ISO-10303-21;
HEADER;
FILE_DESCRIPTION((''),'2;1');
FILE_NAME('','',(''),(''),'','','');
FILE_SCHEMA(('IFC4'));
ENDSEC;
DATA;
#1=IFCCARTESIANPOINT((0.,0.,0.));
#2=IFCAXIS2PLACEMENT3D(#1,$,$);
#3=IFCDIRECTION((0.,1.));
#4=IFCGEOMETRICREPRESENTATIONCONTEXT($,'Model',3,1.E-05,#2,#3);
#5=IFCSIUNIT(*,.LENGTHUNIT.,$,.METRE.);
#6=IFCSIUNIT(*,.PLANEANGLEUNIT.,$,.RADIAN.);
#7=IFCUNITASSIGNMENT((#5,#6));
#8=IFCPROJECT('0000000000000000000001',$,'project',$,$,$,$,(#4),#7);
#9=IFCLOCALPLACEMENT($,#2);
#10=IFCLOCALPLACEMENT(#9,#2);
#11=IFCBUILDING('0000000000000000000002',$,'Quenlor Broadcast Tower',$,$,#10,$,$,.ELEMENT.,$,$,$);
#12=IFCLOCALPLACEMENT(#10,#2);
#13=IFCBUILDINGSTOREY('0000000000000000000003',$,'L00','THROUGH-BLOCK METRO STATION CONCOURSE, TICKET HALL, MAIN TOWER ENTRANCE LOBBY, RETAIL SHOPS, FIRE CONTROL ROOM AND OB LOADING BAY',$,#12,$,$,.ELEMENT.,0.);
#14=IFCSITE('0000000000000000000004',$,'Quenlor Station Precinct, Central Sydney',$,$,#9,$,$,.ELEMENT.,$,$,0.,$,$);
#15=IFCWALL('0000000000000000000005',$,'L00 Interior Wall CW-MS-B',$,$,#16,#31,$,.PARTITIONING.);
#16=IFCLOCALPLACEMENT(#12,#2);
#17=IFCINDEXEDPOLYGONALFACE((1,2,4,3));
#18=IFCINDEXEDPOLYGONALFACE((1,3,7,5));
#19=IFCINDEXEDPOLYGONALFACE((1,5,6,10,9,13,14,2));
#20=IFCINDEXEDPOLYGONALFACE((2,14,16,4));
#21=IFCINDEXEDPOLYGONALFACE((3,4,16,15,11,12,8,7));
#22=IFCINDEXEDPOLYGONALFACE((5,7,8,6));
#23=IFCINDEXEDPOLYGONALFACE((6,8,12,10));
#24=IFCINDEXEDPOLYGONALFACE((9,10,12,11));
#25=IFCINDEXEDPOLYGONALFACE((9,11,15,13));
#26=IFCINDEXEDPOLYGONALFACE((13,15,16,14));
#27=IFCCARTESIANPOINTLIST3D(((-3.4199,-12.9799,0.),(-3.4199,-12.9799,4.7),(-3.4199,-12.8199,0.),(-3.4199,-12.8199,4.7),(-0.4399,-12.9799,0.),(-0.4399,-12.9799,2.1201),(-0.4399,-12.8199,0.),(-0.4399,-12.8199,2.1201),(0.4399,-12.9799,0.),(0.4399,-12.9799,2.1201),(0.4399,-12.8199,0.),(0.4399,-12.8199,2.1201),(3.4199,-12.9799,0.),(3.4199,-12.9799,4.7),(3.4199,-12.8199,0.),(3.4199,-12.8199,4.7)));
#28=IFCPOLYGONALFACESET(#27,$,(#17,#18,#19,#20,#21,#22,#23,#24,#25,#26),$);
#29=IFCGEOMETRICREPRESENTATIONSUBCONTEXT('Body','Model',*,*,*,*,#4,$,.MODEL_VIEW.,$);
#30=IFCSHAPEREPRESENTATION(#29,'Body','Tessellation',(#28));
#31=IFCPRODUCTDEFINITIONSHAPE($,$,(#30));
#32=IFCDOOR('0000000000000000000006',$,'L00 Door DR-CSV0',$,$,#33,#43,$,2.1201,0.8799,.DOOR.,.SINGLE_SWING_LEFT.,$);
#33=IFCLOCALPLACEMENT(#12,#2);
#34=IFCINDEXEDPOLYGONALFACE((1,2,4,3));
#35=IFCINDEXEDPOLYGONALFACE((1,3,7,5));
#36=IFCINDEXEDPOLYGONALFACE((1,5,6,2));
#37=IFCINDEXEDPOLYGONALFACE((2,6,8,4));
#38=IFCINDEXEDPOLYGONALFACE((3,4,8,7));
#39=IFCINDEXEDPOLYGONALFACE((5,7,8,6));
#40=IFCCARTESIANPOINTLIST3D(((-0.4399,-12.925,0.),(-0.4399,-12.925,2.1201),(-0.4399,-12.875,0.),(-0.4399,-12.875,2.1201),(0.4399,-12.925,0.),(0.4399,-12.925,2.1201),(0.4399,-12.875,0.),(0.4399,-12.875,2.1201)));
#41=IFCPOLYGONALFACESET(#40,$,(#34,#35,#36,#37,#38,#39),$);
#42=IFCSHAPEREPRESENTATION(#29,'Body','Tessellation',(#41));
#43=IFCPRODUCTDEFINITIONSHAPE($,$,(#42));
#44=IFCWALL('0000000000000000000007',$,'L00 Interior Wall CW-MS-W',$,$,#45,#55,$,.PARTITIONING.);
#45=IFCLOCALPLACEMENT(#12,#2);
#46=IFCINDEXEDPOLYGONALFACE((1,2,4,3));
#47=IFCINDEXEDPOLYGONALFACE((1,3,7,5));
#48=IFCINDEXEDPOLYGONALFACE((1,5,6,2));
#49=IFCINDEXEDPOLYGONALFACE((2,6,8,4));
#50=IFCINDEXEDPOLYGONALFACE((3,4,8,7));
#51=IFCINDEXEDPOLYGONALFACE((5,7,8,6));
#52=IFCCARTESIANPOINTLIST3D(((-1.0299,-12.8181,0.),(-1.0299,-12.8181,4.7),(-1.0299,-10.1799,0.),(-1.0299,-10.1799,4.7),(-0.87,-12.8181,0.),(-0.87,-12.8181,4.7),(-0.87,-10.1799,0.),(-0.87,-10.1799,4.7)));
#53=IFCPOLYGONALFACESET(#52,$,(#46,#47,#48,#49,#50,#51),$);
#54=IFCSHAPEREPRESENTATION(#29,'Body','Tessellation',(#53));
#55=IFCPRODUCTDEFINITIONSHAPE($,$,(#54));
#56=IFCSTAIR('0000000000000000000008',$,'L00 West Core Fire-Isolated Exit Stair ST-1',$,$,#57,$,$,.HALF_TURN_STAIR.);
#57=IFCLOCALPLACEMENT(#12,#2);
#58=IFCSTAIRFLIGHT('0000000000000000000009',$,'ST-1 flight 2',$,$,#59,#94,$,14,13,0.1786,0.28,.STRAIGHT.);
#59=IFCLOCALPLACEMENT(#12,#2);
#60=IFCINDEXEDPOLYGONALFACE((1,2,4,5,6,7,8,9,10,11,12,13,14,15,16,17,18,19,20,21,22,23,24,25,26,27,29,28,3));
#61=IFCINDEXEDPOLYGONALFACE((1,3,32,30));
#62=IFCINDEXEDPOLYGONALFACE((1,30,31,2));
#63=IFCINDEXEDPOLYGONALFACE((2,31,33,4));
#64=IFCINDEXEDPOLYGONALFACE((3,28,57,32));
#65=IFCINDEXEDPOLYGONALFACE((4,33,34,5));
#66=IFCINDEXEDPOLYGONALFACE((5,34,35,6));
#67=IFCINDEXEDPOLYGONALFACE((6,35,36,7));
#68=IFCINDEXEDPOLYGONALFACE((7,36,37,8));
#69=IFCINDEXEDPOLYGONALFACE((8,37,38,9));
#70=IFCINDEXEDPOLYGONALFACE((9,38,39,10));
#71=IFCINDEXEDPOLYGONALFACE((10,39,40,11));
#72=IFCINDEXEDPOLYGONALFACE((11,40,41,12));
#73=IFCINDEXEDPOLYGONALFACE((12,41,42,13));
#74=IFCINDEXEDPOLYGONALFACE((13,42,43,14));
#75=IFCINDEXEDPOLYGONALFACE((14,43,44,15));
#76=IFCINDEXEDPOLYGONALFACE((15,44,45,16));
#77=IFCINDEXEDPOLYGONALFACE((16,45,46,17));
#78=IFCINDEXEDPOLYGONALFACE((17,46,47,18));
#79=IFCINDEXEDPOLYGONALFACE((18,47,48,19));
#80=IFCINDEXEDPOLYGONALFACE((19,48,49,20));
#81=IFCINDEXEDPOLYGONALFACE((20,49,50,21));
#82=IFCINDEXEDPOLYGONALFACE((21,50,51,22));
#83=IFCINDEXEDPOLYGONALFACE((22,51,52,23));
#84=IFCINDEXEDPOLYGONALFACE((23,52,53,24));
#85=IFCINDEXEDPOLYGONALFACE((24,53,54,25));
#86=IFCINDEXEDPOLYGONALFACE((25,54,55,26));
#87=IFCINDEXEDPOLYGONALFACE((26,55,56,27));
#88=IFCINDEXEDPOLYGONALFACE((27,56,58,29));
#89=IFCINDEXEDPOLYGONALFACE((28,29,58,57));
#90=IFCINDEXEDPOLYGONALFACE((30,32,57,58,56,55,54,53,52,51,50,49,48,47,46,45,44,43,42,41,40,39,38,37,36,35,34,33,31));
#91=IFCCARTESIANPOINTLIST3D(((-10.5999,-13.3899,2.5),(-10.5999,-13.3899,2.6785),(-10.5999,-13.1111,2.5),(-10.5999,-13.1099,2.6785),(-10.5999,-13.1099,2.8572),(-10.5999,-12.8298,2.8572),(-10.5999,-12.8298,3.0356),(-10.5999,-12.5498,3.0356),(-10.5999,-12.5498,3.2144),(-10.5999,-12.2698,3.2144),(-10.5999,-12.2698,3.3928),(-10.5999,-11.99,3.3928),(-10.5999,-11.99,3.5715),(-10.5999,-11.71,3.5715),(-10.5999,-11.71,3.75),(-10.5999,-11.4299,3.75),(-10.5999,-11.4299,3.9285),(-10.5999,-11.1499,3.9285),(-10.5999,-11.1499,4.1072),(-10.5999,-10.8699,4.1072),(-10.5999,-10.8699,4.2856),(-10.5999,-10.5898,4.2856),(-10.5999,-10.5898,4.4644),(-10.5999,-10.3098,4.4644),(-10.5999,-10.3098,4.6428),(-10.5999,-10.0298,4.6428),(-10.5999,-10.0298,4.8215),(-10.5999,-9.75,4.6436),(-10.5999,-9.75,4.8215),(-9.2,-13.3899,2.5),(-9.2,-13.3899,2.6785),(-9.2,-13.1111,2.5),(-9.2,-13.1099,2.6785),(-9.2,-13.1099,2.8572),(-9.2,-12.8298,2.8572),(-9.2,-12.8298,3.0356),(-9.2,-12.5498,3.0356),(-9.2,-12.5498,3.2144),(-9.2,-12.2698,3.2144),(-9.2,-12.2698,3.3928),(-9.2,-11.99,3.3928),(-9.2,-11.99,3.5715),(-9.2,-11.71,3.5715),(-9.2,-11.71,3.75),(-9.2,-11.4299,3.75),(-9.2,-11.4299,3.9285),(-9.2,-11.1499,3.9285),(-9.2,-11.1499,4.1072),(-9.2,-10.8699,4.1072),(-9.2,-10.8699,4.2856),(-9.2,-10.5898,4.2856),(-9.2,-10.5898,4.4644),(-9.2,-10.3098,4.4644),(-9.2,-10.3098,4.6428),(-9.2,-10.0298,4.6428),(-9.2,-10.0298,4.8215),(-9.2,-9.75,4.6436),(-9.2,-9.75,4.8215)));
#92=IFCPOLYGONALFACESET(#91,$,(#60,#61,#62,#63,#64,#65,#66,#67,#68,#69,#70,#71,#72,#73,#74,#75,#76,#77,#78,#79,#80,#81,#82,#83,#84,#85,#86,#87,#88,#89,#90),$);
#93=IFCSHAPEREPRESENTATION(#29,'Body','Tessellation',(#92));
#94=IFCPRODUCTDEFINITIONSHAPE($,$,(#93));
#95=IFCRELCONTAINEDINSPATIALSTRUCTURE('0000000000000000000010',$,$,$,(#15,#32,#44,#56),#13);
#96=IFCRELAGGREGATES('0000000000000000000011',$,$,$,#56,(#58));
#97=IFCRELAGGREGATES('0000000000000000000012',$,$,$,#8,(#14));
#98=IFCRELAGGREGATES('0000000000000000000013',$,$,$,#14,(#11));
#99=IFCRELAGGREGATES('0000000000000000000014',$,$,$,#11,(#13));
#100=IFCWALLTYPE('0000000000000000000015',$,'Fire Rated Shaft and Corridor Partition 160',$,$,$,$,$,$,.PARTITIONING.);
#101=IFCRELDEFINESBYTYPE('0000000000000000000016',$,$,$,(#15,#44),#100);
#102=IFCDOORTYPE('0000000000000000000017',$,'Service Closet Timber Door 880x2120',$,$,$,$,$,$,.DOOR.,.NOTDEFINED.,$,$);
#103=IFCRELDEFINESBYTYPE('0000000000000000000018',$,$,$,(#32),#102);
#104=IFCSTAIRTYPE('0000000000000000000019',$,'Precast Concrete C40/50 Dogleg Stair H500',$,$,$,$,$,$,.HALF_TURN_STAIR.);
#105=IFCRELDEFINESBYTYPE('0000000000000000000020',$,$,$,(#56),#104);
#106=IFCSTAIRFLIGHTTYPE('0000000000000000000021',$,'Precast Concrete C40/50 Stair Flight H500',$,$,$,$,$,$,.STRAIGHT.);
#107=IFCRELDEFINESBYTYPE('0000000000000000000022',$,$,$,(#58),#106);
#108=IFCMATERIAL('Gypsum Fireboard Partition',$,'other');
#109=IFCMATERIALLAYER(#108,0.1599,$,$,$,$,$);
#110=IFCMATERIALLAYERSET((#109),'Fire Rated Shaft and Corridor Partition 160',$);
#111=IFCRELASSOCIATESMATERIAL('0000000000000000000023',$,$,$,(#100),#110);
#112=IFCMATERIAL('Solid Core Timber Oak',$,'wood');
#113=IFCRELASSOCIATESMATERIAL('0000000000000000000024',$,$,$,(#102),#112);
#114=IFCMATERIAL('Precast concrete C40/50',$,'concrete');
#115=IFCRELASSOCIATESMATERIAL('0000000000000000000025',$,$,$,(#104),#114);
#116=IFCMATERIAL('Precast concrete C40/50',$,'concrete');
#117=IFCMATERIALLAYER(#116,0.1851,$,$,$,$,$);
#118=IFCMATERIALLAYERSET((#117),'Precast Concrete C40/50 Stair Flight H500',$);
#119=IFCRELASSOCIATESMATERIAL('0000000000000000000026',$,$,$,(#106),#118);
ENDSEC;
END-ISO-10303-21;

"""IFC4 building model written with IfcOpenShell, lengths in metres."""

from ifc_helpers import new_model, si_unit, direction, frame, frame_2d, origin, place, context, subcontext, project, spatial, polyline, rectangle, outline, extrude, material, layer, layer_set, type_object, element, fill, aggregate, save


model = new_model("IFC4")

# Units and contexts
model_context = context("Model", 3, precision=1e-05, world=origin(), true_north=direction((0.0, 1.0)))
body_context = subcontext(model_context, "Body", "Model", "MODEL_VIEW")
ifc_project = project(units=[si_unit("LENGTHUNIT", "METRE"), si_unit("PLANEANGLEUNIT", "RADIAN")], contexts=[model_context])

# Site, building, storey
site_placement = place(None, origin())
site = spatial("IfcSite", under=ifc_project, at=site_placement, Name="Quenlor Station Precinct, Central Sydney", CompositionType="ELEMENT", RefElevation=0.0)
building_placement = place(site_placement, origin())
building = spatial("IfcBuilding", under=site, at=building_placement, Name="Quenlor Broadcast Tower", CompositionType="ELEMENT")
storey_placement = place(building_placement, origin())
storey = spatial("IfcBuildingStorey", under=building, at=storey_placement, Name="L00", Description="THROUGH-BLOCK METRO STATION CONCOURSE, TICKET HALL, MAIN TOWER ENTRANCE LOBBY, RETAIL SHOPS, FIRE CONTROL ROOM AND OB LOADING BAY", CompositionType="ELEMENT", Elevation=0.0)

# Shared definitions
ifc_material_1 = material(Name="Gypsum Fireboard Partition", Category="other")
ifc_layer_1 = layer(ifc_material_1, 0.1599)
ifc_layer_set_1 = layer_set([ifc_layer_1], Name="Fire Rated Shaft and Corridor Partition 160")
wall_type_1 = type_object("IfcWallType", Name="Fire Rated Shaft and Corridor Partition 160", PredefinedType="PARTITIONING", material=ifc_layer_set_1)

# Wall, opening, door
wall_1_placement = place(storey_placement, frame((-3.4199, -12.8999, 0.0), z_axis=(0.0, 0.0, 1.0), x_axis=(1.0, 0.0, 0.0)))
wall_1 = element("IfcWall", 1, at=wall_1_placement, inside=storey, type_object=wall_type_1, Name="L00 Interior Wall CW-MS-B", PredefinedType="PARTITIONING", context=body_context, shape_type="SweptSolid", body=[
    extrude(rectangle(XDim=6.8398, YDim=0.1599, at=frame_2d((3.4199, 0.0))), origin(), (0.0, 0.0, 1.0), 4.7),
])
opening_1_placement = place(wall_1_placement, frame((2.98, 0.0, 0.0)))
opening_1 = element("IfcOpeningElement", 2, at=opening_1_placement, cuts=wall_1, PredefinedType="OPENING", context=body_context, shape_type="SweptSolid", body=[
    extrude(rectangle(XDim=0.8799, YDim=2.1201, at=frame_2d((0.4399, 1.0601))), frame((0.0, 0.0898, 0.0), z_axis=(0.0, -1.0, 0.0), x_axis=(1.0, 0.0, 0.0)), (0.0, 0.0, 1.0), 0.1799),
])
ifc_material_2 = material(Name="Solid Core Timber Oak", Category="wood")
door_type_1 = type_object("IfcDoorType", Name="Service Closet Timber Door 880x2120", OperationType="NOTDEFINED", PredefinedType="DOOR", material=ifc_material_2)
door_1_placement = place(opening_1_placement, origin())
door_1 = element("IfcDoor", 3, at=door_1_placement, inside=storey, type_object=door_type_1, Name="L00 Door DR-CSV0", OperationType="SINGLE_SWING_LEFT", OverallHeight=2.1201, OverallWidth=0.8799, PredefinedType="DOOR", context=body_context, shape_type="SweptSolid", body=[
    extrude(rectangle(XDim=0.8799, YDim=2.1201, at=frame_2d((0.4399, 1.0601))), frame((0.0, 0.0249, 0.0), z_axis=(0.0, -1.0, 0.0), x_axis=(1.0, 0.0, 0.0)), (0.0, 0.0, 1.0), 0.05),
])
fill(opening_1, door_1)

# Wall
wall_2_placement = place(storey_placement, frame((-0.95, -12.8181, 0.0), z_axis=(0.0, 0.0, 1.0), x_axis=(0.0, 1.0, 0.0)))
element("IfcWall", 4, at=wall_2_placement, inside=storey, type_object=wall_type_1, Name="L00 Interior Wall CW-MS-W", PredefinedType="PARTITIONING", context=body_context, shape_type="SweptSolid", body=[
    extrude(rectangle(XDim=2.6382, YDim=0.1599, at=frame_2d((1.3191, 0.0))), origin(), (0.0, 0.0, 1.0), 4.7),
])

# Stair, stair flight
ifc_material_3 = material(Name="Precast concrete C40/50", Category="concrete")
stair_type = type_object("IfcStairType", Name="Precast Concrete C40/50 Dogleg Stair H500", PredefinedType="HALF_TURN_STAIR", material=ifc_material_3)
stair_placement = place(storey_placement, origin())
stair = element("IfcStair", 5, at=stair_placement, inside=storey, type_object=stair_type, Name="L00 West Core Fire-Isolated Exit Stair ST-1", PredefinedType="HALF_TURN_STAIR")
ifc_material_4 = material(Name="Precast concrete C40/50", Category="concrete")
ifc_layer_2 = layer(ifc_material_4, 0.1851)
ifc_layer_set_2 = layer_set([ifc_layer_2], Name="Precast Concrete C40/50 Stair Flight H500")
stair_flight_type = type_object("IfcStairFlightType", Name="Precast Concrete C40/50 Stair Flight H500", PredefinedType="STRAIGHT", material=ifc_layer_set_2)
stair_flight_placement = place(storey_placement, frame((-9.8999, -13.3899, 2.5), z_axis=(0.0, 0.0, 1.0), x_axis=(0.0, 1.0, 0.0)))
stair_flight = element("IfcStairFlight", 6, at=stair_flight_placement, type_object=stair_flight_type, Name="ST-1 flight 2", NumberOfRisers=14, NumberOfTreads=13, PredefinedType="STRAIGHT", RiserHeight=0.1786, TreadLength=0.28, context=body_context, shape_type="SweptSolid", body=[
    extrude(outline(polyline([(0.0, 0.0), (0.0, 0.1785), (0.28, 0.1785), (0.28, 0.3572), (0.5601, 0.3572), (0.5601, 0.5356), (0.8401, 0.5356), (0.8401, 0.7144), (1.1201, 0.7144), (1.1201, 0.8928), (1.3999, 0.8928), (1.3999, 1.0715), (1.6799, 1.0715), (1.6799, 1.25), (1.96, 1.25), (1.96, 1.4285), (2.24, 1.4285), (2.24, 1.6072), (2.52, 1.6072), (2.52, 1.7856), (2.8, 1.7856), (2.8, 1.9644), (3.0801, 1.9644), (3.0801, 2.1428), (3.3601, 2.1428), (3.3601, 2.3215), (3.6399, 2.3215), (3.6399, 2.5), (3.6399, 2.1436), (0.2788, 0.0), (0.0, 0.0)])), frame((0.0, 0.7, 0.0), z_axis=(0.0, -1.0, 0.0), x_axis=(1.0, 0.0, 0.0)), (0.0, 0.0, 1.0), 1.3999),
])
aggregate(stair, [stair_flight])

save(model, "model.ifc")
